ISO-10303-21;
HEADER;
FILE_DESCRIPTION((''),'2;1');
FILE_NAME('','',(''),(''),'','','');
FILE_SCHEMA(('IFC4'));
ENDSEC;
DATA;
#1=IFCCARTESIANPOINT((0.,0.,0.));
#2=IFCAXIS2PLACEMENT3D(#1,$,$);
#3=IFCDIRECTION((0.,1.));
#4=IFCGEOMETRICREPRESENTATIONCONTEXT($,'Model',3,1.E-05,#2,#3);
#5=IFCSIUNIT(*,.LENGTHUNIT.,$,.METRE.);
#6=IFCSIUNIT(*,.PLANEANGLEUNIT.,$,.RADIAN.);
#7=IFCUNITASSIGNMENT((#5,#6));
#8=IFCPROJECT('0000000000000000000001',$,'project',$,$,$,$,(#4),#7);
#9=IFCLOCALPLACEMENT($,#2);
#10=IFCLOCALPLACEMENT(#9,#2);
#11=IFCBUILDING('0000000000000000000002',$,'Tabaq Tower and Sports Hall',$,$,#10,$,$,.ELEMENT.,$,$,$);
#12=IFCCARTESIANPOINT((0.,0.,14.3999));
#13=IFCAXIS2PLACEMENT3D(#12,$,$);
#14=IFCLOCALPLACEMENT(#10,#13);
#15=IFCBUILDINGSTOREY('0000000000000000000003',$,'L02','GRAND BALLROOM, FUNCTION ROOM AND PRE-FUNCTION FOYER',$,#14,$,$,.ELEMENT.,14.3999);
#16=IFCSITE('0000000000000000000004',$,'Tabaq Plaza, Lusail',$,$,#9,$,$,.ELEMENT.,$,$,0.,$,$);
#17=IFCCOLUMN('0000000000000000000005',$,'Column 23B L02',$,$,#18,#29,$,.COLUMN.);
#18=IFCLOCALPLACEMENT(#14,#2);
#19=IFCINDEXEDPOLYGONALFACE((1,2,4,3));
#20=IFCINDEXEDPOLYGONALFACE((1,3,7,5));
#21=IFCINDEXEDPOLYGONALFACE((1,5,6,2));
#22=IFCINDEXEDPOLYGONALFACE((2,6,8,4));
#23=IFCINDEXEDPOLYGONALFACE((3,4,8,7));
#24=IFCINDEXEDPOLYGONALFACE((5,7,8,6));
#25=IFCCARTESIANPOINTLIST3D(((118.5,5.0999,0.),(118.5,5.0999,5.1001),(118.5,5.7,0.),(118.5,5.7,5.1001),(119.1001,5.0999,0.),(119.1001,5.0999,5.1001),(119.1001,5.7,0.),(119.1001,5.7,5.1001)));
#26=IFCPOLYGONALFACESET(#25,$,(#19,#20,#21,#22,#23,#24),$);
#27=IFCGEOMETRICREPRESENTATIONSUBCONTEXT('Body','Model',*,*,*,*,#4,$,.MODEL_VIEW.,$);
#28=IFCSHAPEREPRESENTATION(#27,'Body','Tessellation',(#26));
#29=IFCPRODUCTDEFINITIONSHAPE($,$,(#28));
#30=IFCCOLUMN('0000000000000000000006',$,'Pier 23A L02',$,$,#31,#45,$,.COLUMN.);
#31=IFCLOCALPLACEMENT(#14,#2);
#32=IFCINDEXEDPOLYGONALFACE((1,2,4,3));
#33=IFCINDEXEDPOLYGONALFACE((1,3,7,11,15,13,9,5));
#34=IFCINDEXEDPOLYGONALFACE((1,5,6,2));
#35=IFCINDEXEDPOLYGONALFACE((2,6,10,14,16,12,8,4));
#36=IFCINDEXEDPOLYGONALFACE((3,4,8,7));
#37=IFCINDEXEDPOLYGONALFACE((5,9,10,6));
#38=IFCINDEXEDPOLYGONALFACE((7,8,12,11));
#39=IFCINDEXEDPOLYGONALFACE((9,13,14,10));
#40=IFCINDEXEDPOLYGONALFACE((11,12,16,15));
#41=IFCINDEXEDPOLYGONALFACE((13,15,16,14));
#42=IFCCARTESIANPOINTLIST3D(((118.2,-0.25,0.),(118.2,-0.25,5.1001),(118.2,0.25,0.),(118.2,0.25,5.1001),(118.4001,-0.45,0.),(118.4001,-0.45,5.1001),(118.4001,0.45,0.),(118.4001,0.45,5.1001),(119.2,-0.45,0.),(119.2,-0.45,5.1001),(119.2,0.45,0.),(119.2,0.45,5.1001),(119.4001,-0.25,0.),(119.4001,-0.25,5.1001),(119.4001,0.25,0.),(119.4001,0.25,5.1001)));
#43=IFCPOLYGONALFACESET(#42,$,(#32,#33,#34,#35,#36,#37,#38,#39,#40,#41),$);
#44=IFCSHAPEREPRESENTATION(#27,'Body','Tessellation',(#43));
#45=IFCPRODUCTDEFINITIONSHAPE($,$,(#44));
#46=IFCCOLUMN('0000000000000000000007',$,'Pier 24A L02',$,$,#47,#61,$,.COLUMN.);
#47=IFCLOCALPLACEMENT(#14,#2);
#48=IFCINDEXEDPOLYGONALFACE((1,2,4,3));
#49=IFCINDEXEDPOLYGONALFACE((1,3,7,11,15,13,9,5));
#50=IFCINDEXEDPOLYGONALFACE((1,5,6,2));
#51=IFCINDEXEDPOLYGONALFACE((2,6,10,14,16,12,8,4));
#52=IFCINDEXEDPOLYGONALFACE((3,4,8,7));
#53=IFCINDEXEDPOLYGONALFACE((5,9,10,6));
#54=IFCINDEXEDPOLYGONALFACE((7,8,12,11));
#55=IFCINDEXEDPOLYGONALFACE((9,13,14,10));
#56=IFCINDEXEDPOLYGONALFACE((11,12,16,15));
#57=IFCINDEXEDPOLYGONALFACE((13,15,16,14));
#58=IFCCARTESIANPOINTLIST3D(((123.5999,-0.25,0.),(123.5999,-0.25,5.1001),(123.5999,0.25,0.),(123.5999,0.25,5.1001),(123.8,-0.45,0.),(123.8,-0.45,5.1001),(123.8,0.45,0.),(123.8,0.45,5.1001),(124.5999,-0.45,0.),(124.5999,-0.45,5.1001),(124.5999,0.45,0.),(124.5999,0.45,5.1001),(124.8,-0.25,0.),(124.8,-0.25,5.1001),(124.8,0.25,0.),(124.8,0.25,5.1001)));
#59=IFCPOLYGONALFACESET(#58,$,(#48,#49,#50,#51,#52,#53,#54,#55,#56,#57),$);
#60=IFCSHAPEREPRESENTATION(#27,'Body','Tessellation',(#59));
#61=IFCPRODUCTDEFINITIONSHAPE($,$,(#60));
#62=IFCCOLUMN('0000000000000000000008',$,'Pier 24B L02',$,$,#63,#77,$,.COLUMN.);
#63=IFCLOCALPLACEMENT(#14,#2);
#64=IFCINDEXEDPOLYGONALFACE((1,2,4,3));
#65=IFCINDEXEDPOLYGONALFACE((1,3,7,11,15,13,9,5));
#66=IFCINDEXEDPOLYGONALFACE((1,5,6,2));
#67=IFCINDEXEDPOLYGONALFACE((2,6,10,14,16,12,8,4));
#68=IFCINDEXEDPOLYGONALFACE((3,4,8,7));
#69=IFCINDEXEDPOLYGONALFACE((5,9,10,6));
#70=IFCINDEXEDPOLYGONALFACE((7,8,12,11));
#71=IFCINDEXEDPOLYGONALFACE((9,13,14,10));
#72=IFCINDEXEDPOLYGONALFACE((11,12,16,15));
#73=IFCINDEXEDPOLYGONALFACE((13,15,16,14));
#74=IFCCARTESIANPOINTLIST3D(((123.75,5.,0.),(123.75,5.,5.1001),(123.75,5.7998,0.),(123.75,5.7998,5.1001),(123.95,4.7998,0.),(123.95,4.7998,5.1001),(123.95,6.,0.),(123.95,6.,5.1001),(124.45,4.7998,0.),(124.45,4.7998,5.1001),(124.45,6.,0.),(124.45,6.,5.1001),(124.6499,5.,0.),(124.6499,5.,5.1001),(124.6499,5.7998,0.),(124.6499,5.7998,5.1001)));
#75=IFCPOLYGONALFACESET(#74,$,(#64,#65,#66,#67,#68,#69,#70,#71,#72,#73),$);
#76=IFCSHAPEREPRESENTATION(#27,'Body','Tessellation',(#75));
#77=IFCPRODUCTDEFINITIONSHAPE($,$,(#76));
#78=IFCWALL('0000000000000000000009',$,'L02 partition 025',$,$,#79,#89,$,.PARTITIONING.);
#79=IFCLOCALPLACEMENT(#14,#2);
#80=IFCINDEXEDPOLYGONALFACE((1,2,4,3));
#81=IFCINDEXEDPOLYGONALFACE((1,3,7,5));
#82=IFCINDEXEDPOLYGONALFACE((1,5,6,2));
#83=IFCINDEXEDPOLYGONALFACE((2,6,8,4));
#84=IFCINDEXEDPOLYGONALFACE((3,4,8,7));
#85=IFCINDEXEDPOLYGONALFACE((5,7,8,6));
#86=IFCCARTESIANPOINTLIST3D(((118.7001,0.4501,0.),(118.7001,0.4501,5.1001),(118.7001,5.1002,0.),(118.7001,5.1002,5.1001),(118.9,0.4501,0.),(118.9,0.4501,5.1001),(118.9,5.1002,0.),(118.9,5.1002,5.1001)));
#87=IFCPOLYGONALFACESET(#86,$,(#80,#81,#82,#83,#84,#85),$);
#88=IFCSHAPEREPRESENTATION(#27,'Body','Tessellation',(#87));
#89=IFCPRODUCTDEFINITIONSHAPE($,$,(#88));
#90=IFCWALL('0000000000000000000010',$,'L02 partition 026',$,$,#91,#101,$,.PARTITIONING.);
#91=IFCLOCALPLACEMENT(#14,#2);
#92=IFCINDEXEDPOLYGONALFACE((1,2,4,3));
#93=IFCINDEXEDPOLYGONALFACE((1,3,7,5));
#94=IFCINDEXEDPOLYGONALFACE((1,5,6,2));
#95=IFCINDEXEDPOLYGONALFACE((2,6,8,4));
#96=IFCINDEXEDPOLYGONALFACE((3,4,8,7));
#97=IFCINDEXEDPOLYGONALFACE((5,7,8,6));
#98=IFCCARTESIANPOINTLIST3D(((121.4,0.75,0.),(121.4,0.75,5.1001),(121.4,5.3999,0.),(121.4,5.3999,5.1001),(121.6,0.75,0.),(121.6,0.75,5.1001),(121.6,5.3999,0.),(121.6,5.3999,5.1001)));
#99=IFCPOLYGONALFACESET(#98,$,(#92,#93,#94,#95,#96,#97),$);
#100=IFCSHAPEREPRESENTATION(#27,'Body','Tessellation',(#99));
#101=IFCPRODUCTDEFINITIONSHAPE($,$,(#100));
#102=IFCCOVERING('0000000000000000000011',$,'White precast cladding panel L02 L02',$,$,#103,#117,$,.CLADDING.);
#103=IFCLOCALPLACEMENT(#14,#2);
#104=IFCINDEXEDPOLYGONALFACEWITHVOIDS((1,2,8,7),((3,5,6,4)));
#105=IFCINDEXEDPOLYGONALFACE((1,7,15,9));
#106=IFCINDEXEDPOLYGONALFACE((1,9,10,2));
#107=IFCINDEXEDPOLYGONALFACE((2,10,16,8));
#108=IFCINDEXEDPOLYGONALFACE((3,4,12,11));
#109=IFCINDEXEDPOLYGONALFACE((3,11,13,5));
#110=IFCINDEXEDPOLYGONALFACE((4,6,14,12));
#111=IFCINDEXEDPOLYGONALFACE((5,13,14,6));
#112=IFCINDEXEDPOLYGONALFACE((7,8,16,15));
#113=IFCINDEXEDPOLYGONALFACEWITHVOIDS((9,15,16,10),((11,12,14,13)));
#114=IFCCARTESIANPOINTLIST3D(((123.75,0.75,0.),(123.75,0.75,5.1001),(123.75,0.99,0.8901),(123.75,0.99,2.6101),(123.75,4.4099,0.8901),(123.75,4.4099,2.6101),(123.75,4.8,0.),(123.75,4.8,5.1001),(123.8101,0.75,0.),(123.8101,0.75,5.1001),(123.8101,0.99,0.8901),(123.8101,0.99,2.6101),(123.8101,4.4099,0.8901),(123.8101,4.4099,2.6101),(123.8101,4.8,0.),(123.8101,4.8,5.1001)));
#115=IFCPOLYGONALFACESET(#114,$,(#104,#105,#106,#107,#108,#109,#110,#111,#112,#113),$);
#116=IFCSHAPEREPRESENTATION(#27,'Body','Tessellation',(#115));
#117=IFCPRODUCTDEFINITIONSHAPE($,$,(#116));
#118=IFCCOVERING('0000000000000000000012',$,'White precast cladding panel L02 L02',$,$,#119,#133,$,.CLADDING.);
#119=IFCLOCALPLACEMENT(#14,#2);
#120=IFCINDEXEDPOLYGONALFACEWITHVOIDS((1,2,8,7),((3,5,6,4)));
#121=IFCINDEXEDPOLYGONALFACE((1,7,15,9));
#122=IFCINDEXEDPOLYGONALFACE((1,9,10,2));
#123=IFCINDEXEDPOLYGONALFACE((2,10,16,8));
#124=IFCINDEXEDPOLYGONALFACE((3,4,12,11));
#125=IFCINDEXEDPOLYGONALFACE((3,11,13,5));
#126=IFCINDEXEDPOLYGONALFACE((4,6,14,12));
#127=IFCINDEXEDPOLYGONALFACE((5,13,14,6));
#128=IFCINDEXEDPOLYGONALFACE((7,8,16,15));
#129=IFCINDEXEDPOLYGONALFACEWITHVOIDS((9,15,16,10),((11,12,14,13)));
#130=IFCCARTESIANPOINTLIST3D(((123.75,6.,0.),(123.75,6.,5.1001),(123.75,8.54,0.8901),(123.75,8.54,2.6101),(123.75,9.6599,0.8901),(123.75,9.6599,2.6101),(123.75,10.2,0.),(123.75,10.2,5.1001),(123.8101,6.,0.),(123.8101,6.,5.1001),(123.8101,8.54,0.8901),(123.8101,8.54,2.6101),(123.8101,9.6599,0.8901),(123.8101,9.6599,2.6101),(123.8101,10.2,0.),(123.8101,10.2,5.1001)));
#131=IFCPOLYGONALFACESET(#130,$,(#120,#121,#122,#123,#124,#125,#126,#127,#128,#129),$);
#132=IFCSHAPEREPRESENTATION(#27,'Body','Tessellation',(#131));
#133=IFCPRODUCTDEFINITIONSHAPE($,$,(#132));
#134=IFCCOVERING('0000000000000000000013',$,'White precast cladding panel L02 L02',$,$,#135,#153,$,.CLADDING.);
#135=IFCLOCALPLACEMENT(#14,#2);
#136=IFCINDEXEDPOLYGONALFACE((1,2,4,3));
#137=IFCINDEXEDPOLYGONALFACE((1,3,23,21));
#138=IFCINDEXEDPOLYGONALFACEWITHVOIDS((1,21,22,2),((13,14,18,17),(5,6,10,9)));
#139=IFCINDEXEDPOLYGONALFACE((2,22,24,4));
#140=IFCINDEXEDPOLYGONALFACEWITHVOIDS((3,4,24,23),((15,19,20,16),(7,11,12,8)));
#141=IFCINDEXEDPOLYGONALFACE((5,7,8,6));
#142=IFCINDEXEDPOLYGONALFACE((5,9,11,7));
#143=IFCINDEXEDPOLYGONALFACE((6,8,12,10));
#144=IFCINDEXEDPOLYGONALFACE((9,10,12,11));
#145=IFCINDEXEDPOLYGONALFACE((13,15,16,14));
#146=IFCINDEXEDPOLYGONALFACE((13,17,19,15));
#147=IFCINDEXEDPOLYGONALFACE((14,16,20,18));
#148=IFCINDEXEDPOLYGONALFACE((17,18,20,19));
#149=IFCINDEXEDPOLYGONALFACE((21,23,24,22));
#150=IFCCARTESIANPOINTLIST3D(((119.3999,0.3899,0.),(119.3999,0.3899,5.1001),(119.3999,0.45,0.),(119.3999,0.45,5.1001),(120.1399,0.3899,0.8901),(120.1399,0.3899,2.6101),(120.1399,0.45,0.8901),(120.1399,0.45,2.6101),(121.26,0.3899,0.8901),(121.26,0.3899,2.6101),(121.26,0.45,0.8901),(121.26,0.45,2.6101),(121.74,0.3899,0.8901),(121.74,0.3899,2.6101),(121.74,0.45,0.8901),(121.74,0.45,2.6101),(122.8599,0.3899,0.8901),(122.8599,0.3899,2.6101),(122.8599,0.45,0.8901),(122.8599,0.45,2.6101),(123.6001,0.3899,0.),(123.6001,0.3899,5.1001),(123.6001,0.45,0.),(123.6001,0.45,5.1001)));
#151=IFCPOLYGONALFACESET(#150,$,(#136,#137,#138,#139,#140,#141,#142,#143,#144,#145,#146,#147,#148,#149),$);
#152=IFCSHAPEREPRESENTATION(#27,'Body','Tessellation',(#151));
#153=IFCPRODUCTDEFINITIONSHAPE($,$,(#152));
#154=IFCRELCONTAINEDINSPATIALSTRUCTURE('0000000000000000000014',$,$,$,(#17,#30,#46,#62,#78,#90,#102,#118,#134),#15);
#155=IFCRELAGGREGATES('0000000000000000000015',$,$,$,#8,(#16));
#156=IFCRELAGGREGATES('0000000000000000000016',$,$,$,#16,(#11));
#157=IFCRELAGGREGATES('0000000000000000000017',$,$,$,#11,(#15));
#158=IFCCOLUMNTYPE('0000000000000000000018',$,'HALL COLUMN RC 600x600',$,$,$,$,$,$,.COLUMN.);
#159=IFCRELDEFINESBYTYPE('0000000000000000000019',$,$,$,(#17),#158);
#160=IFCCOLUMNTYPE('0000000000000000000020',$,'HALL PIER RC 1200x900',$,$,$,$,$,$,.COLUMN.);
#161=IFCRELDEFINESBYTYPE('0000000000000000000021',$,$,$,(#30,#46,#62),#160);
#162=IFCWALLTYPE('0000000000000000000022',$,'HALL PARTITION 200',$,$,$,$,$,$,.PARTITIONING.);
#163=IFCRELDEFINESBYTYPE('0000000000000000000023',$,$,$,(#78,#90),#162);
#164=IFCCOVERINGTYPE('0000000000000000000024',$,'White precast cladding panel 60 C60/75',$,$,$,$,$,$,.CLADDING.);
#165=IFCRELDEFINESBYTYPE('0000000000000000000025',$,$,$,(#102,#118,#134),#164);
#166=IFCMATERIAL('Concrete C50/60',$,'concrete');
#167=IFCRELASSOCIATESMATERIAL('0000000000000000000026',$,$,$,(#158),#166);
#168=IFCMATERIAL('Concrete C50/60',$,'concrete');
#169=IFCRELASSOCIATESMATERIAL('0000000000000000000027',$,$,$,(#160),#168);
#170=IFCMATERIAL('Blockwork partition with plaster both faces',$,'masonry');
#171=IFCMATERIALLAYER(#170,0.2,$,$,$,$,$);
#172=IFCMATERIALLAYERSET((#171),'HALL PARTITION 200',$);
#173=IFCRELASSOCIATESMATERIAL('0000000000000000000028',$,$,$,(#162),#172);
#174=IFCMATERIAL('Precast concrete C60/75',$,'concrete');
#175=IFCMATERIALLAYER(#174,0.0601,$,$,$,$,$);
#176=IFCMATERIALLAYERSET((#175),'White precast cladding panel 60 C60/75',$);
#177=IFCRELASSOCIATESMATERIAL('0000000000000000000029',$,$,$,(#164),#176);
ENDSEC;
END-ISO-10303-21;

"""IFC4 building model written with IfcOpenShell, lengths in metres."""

from ifc_helpers import new_model, si_unit, direction, frame, frame_2d, origin, origin_2d, place, context, subcontext, project, spatial, polyline, rectangle, outline, extrude, material, layer, layer_set, material_profile, profile_set, type_object, element, save


model = new_model("IFC4")

# Units and contexts
model_context = context("Model", 3, precision=1e-05, world=origin(), true_north=direction((0.0, 1.0)))
body_context = subcontext(model_context, "Body", "Model", "MODEL_VIEW")
ifc_project = project(units=[si_unit("LENGTHUNIT", "METRE"), si_unit("PLANEANGLEUNIT", "RADIAN")], contexts=[model_context])

# Site, building, storey
site_placement = place(None, origin())
site = spatial("IfcSite", under=ifc_project, at=site_placement, Name="Tabaq Plaza, Lusail", CompositionType="ELEMENT", RefElevation=0.0)
building_placement = place(site_placement, origin())
building = spatial("IfcBuilding", under=site, at=building_placement, Name="Tabaq Tower and Sports Hall", CompositionType="ELEMENT")
storey_placement = place(building_placement, frame((0.0, 0.0, 14.3999)))
storey = spatial("IfcBuildingStorey", under=building, at=storey_placement, Name="L02", Description="GRAND BALLROOM, FUNCTION ROOM AND PRE-FUNCTION FOYER", CompositionType="ELEMENT", Elevation=14.3999)

# Columns
ifc_material_1 = material(Name="Concrete C50/60", Category="concrete")
ifc_material_profile_1 = material_profile(ifc_material_1, rectangle(XDim=0.6001, YDim=0.6001, at=origin_2d()), Name="RC 600x600")
ifc_profile_set_1 = profile_set([ifc_material_profile_1], Name="Concrete C50/60")
column_type_1 = type_object("IfcColumnType", Name="HALL COLUMN RC 600x600", PredefinedType="COLUMN", material=ifc_profile_set_1)
column_placement = place(storey_placement, frame((118.8, 5.3999, 0.0), z_axis=(0.0, 0.0, 1.0), x_axis=(1.0, 0.0, 0.0)))
element("IfcColumn", 1, at=column_placement, inside=storey, type_object=column_type_1, Name="Column 23B L02", PredefinedType="COLUMN", context=body_context, shape_type="SweptSolid", body=[
    extrude(rectangle(XDim=0.6001, YDim=0.6001, at=origin_2d()), origin(), (0.0, 0.0, 1.0), 5.1001),
])
ifc_material_2 = material(Name="Concrete C50/60", Category="concrete")
ifc_material_profile_2 = material_profile(ifc_material_2, outline(polyline([(-0.3999, -0.45), (0.3999, -0.45), (0.6001, -0.25), (0.6001, 0.25), (0.3999, 0.45), (-0.3999, 0.45), (-0.6001, 0.25), (-0.6001, -0.25), (-0.3999, -0.45)])), Name="PIER 1200x900")
ifc_profile_set_2 = profile_set([ifc_material_profile_2], Name="Concrete C50/60")
column_type_2 = type_object("IfcColumnType", Name="HALL PIER RC 1200x900", PredefinedType="COLUMN", material=ifc_profile_set_2)
for number, where, z_axis, x_axis, name in (
    (2, (118.8, 0.0, 0.0), (0.0, 0.0, 1.0), (1.0, 0.0, 0.0), "Pier 23A L02"),
    (3, (124.2, 0.0, 0.0), (0.0, 0.0, 1.0), (1.0, 0.0, 0.0), "Pier 24A L02"),
    (4, (124.2, 5.3999, 0.0), (0.0, 0.0, 1.0), (0.0, 1.0, 0.0), "Pier 24B L02"),
):
    element("IfcColumn", number, at=place(storey_placement, frame(where, z_axis=z_axis, x_axis=x_axis)), inside=storey, type_object=column_type_2, Name=name, PredefinedType="COLUMN", context=body_context, shape_type="SweptSolid", body=[
        extrude(outline(polyline([(-0.3999, -0.45), (0.3999, -0.45), (0.6001, -0.25), (0.6001, 0.25), (0.3999, 0.45), (-0.3999, 0.45), (-0.6001, 0.25), (-0.6001, -0.25), (-0.3999, -0.45)])), origin(), (0.0, 0.0, 1.0), 5.1001),
    ])

# Shared definitions
ifc_material_3 = material(Name="Blockwork partition with plaster both faces", Category="masonry")
ifc_layer_1 = layer(ifc_material_3, 0.2)
ifc_layer_set_1 = layer_set([ifc_layer_1], Name="HALL PARTITION 200")
wall_type_1 = type_object("IfcWallType", Name="HALL PARTITION 200", PredefinedType="PARTITIONING", material=ifc_layer_set_1)

# Walls
wall_1_placement = place(storey_placement, frame((118.8, 0.45, 0.0), z_axis=(0.0, 0.0, 1.0), x_axis=(0.0, 1.0, 0.0)))
element("IfcWall", 5, at=wall_1_placement, inside=storey, type_object=wall_type_1, Name="L02 partition 025", PredefinedType="PARTITIONING", context=body_context, shape_type="SweptSolid", body=[
    extrude(rectangle(XDim=4.6501, YDim=0.2, at=frame_2d((2.3252, 0.0))), origin(), (0.0, 0.0, 1.0), 5.1001),
])
wall_2_placement = place(storey_placement, frame((121.5, 0.75, 0.0), z_axis=(0.0, 0.0, 1.0), x_axis=(0.0, 1.0, 0.0)))
element("IfcWall", 6, at=wall_2_placement, inside=storey, type_object=wall_type_1, Name="L02 partition 026", PredefinedType="PARTITIONING", context=body_context, shape_type="SweptSolid", body=[
    extrude(rectangle(XDim=4.6499, YDim=0.2, at=frame_2d((2.325, 0.0))), origin(), (0.0, 0.0, 1.0), 5.1001),
])

# Coverings
ifc_material_4 = material(Name="Precast concrete C60/75", Category="concrete")
ifc_layer_2 = layer(ifc_material_4, 0.0601)
ifc_layer_set_2 = layer_set([ifc_layer_2], Name="White precast cladding panel 60 C60/75")
covering_type = type_object("IfcCoveringType", Name="White precast cladding panel 60 C60/75", PredefinedType="CLADDING", material=ifc_layer_set_2)
covering_1_placement = place(storey_placement, frame((123.78, 0.75, 0.0), z_axis=(0.0, 0.0, 1.0), x_axis=(0.0, 1.0, 0.0)))
element("IfcCovering", 7, at=covering_1_placement, inside=storey, type_object=covering_type, Name="White precast cladding panel L02 L02", PredefinedType="CLADDING", context=body_context, shape_type="SweptSolid", body=[
    extrude(outline(polyline([(0.0, 0.0), (4.05, 0.0), (4.05, 5.1001), (0.0, 5.1001), (0.0, 0.0)]), holes=[polyline([(0.24, 0.8901), (0.24, 2.6101), (3.6599, 2.6101), (3.6599, 0.8901), (0.24, 0.8901)])]), frame((0.0, 0.03, 0.0), z_axis=(0.0, -1.0, 0.0), x_axis=(1.0, 0.0, 0.0)), (0.0, 0.0, 1.0), 0.0601),
])
covering_2_placement = place(storey_placement, frame((123.78, 6.0, 0.0), z_axis=(0.0, 0.0, 1.0), x_axis=(0.0, 1.0, 0.0)))
element("IfcCovering", 8, at=covering_2_placement, inside=storey, type_object=covering_type, Name="White precast cladding panel L02 L02", PredefinedType="CLADDING", context=body_context, shape_type="SweptSolid", body=[
    extrude(outline(polyline([(0.0, 0.0), (4.2, 0.0), (4.2, 5.1001), (0.0, 5.1001), (0.0, 0.0)]), holes=[polyline([(2.54, 0.8901), (2.54, 2.6101), (3.6599, 2.6101), (3.6599, 0.8901), (2.54, 0.8901)])]), frame((0.0, 0.03, 0.0), z_axis=(0.0, -1.0, 0.0), x_axis=(1.0, 0.0, 0.0)), (0.0, 0.0, 1.0), 0.0601),
])
covering_3_placement = place(storey_placement, frame((119.3999, 0.4199, 0.0), z_axis=(0.0, 0.0, 1.0), x_axis=(1.0, 0.0, 0.0)))
element("IfcCovering", 9, at=covering_3_placement, inside=storey, type_object=covering_type, Name="White precast cladding panel L02 L02", PredefinedType="CLADDING", context=body_context, shape_type="SweptSolid", body=[
    extrude(outline(polyline([(0.0, 0.0), (4.2002, 0.0), (4.2002, 5.1001), (0.0, 5.1001), (0.0, 0.0)]), holes=[polyline([(0.74, 2.6101), (1.8601, 2.6101), (1.8601, 0.8901), (0.74, 0.8901), (0.74, 2.6101)]), polyline([(2.3401, 2.6101), (3.46, 2.6101), (3.46, 0.8901), (2.3401, 0.8901), (2.3401, 2.6101)])]), frame((0.0, 0.03, 0.0), z_axis=(0.0, -1.0, 0.0), x_axis=(1.0, 0.0, 0.0)), (0.0, 0.0, 1.0), 0.0601),
])

save(model, "model.ifc")
